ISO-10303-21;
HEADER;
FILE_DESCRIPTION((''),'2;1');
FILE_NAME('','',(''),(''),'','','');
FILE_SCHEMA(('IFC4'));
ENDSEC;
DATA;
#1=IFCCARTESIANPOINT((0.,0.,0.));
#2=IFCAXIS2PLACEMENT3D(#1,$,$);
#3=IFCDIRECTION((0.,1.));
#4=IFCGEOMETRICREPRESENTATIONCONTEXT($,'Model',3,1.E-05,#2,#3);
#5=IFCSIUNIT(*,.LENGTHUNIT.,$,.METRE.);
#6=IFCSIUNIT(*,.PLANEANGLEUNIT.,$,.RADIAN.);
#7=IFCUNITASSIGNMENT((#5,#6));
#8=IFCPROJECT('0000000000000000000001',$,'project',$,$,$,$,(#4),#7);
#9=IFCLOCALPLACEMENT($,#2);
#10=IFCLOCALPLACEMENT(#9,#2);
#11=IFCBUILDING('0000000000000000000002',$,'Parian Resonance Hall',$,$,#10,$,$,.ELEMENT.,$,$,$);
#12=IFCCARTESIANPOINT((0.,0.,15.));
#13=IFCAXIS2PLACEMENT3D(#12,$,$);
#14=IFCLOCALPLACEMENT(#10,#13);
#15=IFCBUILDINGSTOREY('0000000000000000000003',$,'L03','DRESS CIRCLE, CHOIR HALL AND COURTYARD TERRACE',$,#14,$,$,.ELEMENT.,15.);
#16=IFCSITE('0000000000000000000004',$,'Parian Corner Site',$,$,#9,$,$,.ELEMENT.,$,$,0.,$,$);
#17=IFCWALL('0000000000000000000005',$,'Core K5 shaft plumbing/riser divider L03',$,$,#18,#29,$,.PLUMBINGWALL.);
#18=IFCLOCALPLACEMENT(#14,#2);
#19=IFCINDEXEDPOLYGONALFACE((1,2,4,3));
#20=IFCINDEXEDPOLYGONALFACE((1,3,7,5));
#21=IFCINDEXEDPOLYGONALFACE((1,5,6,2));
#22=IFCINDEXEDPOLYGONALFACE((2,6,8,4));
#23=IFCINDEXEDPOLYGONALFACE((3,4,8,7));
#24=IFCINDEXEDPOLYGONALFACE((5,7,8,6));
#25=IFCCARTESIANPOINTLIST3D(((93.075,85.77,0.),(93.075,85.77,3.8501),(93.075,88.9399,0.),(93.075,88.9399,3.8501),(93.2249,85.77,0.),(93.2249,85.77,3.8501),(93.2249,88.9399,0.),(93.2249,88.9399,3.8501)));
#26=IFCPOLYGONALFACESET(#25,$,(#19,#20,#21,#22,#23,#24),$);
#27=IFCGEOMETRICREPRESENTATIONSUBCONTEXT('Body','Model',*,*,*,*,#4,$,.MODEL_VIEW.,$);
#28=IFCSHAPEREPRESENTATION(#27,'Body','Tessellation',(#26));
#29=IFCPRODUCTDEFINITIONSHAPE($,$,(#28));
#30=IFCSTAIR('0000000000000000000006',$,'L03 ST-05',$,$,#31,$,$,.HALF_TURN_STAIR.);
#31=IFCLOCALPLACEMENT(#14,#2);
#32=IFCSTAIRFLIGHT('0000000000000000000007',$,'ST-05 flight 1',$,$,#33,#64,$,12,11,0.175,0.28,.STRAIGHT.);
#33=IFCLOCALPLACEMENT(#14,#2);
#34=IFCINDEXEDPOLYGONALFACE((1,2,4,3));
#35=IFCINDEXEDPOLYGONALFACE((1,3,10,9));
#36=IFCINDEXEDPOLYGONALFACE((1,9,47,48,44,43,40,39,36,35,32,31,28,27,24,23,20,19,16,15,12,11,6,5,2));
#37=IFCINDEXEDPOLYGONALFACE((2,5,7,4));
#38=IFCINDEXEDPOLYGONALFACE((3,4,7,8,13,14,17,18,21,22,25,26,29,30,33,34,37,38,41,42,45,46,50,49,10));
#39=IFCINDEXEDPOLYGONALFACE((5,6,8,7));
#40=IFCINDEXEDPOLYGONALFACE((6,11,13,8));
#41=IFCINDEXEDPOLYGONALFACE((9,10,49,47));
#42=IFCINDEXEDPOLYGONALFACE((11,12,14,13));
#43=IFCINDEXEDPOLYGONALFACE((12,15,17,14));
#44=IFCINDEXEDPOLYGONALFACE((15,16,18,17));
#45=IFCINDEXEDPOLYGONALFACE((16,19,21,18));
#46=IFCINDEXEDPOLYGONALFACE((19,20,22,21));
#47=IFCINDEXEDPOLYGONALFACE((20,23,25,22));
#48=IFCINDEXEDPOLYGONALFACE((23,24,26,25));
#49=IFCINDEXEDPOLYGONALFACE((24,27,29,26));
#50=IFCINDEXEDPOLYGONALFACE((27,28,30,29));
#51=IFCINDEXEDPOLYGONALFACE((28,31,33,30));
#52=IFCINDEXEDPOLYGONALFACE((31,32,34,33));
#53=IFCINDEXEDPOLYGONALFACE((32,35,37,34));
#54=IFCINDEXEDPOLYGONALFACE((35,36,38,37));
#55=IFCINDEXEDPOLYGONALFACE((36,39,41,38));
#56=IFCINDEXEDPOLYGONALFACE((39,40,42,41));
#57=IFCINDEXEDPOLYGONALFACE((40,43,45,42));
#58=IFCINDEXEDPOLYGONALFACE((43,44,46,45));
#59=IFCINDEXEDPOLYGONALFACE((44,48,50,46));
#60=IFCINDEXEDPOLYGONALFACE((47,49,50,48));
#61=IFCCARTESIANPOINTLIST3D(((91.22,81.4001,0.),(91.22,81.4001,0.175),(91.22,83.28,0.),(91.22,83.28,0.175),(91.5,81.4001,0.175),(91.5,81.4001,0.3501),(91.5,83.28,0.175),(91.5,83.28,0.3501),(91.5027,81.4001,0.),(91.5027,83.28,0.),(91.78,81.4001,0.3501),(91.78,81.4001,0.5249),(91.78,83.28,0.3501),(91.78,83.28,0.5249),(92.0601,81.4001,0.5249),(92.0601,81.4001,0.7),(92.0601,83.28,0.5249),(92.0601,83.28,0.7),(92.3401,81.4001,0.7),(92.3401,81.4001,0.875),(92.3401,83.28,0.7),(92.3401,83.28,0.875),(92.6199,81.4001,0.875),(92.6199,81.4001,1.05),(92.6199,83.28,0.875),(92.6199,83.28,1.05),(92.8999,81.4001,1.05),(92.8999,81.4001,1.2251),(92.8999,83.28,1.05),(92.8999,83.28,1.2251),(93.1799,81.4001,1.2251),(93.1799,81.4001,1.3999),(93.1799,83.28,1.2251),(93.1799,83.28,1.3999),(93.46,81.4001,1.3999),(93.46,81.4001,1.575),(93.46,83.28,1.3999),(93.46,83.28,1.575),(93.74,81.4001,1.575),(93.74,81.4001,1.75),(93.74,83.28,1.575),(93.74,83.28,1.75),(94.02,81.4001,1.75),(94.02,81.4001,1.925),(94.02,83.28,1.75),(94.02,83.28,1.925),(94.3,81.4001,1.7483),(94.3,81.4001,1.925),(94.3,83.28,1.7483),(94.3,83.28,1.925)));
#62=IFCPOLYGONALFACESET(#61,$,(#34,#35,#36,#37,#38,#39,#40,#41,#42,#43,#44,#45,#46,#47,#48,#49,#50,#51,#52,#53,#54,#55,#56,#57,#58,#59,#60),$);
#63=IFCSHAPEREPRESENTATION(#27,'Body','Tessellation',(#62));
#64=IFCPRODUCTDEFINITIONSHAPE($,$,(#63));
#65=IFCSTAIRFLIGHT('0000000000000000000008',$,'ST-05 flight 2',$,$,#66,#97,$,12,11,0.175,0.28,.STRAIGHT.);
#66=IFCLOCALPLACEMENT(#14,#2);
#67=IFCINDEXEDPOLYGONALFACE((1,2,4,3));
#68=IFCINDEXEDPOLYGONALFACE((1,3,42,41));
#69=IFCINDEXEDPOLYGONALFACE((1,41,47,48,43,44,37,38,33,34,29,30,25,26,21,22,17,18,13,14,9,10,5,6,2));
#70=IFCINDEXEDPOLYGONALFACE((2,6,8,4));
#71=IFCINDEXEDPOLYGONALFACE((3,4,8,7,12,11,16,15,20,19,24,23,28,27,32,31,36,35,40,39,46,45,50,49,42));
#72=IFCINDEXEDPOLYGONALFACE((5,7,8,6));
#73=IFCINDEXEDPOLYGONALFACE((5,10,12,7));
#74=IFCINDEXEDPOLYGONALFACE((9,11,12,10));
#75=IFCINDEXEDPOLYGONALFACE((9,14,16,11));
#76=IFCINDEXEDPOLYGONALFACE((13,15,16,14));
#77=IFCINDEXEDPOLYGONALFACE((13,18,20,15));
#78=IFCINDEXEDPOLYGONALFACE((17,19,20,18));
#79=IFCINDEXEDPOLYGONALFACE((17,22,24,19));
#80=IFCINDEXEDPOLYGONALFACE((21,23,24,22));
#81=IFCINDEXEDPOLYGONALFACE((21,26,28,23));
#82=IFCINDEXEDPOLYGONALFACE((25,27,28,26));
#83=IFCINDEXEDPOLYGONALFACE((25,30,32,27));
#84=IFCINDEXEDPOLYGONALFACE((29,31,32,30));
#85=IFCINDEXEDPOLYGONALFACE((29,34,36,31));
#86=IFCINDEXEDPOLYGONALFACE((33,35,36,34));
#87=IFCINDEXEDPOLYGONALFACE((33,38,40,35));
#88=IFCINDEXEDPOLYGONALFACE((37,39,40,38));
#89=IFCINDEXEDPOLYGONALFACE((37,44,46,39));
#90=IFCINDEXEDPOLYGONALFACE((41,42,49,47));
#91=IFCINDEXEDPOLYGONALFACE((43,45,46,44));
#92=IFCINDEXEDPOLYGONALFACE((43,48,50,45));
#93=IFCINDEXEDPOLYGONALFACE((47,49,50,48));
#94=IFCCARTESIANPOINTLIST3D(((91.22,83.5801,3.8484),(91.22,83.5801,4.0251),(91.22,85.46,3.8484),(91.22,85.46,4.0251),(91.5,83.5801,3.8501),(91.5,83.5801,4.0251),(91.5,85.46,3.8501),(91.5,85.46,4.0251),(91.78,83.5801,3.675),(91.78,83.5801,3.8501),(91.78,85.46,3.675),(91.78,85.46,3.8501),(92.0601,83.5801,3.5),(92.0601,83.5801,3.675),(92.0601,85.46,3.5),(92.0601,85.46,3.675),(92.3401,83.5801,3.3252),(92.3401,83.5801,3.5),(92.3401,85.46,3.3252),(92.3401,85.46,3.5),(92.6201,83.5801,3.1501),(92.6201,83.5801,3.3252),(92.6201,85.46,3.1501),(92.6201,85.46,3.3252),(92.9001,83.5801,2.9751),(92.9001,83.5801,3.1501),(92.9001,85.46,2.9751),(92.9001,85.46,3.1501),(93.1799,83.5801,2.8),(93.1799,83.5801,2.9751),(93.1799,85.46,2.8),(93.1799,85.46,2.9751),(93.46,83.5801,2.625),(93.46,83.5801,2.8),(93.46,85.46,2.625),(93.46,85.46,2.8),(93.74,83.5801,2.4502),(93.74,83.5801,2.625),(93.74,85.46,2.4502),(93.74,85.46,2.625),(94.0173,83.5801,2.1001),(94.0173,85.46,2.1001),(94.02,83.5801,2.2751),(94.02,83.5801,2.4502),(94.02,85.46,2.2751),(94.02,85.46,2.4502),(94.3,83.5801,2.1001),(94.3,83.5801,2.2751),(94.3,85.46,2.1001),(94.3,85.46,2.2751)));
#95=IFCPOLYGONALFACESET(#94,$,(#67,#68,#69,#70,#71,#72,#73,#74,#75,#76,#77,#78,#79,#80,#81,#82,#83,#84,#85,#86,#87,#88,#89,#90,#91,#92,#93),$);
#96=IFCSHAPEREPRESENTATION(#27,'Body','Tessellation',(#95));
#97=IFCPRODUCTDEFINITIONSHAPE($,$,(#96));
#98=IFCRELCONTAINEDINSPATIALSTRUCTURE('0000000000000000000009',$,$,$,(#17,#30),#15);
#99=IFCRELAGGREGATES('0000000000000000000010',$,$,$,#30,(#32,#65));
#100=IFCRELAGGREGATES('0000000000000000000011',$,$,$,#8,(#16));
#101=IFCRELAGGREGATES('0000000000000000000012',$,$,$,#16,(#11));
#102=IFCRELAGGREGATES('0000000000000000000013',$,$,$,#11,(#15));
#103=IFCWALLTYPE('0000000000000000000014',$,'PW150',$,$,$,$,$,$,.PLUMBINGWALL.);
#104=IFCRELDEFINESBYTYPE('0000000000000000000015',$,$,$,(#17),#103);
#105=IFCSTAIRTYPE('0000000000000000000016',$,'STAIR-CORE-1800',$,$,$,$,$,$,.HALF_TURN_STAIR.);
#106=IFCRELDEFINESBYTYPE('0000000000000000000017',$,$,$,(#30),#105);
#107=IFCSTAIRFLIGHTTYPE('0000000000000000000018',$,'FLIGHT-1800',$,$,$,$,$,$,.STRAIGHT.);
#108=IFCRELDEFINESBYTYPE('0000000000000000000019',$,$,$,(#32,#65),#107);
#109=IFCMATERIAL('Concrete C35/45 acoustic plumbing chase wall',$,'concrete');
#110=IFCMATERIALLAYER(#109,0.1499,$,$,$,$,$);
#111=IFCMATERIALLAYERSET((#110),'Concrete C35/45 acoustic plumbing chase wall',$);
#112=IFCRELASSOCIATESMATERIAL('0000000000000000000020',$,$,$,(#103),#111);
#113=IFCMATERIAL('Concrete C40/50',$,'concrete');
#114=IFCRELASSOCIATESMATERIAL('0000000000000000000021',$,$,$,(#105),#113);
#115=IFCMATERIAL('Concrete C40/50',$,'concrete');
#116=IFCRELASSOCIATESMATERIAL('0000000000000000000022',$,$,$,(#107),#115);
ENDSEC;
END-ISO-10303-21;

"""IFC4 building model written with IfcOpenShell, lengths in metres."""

from ifc_helpers import new_model, si_unit, direction, frame, frame_2d, origin, place, context, subcontext, project, spatial, polyline, rectangle, outline, extrude, material, layer, layer_set, type_object, element, aggregate, save


model = new_model("IFC4")

# Units and contexts
model_context = context("Model", 3, precision=1e-05, world=origin(), true_north=direction((0.0, 1.0)))
body_context = subcontext(model_context, "Body", "Model", "MODEL_VIEW")
ifc_project = project(units=[si_unit("LENGTHUNIT", "METRE"), si_unit("PLANEANGLEUNIT", "RADIAN")], contexts=[model_context])

# Site, building, storey
site_placement = place(None, origin())
site = spatial("IfcSite", under=ifc_project, at=site_placement, Name="Parian Corner Site", CompositionType="ELEMENT", RefElevation=0.0)
building_placement = place(site_placement, origin())
building = spatial("IfcBuilding", under=site, at=building_placement, Name="Parian Resonance Hall", CompositionType="ELEMENT")
storey_placement = place(building_placement, frame((0.0, 0.0, 15.0)))
storey = spatial("IfcBuildingStorey", under=building, at=storey_placement, Name="L03", Description="DRESS CIRCLE, CHOIR HALL AND COURTYARD TERRACE", CompositionType="ELEMENT", Elevation=15.0)

# Wall
ifc_material_1 = material(Name="Concrete C35/45 acoustic plumbing chase wall", Category="concrete")
ifc_layer_1 = layer(ifc_material_1, 0.1499)
ifc_layer_set_1 = layer_set([ifc_layer_1], Name="Concrete C35/45 acoustic plumbing chase wall")
wall_type_1 = type_object("IfcWallType", Name="PW150", PredefinedType="PLUMBINGWALL", material=ifc_layer_set_1)
wall_1_placement = place(storey_placement, frame((93.1499, 85.77, 0.0), z_axis=(0.0, 0.0, 1.0), x_axis=(0.0, 1.0, 0.0)))
element("IfcWall", 1, at=wall_1_placement, inside=storey, type_object=wall_type_1, Name="Core K5 shaft plumbing/riser divider L03", PredefinedType="PLUMBINGWALL", context=body_context, shape_type="SweptSolid", body=[
    extrude(rectangle(XDim=3.1699, YDim=0.1499, at=frame_2d((1.585, 0.0))), origin(), (0.0, 0.0, 1.0), 3.8501),
])

# Stair, stair flights
ifc_material_2 = material(Name="Concrete C40/50", Category="concrete")
stair_type = type_object("IfcStairType", Name="STAIR-CORE-1800", PredefinedType="HALF_TURN_STAIR", material=ifc_material_2)
stair_placement = place(storey_placement, origin())
stair = element("IfcStair", 2, at=stair_placement, inside=storey, type_object=stair_type, Name="L03 ST-05", PredefinedType="HALF_TURN_STAIR")
ifc_material_3 = material(Name="Concrete C40/50", Category="concrete")
stair_flight_type = type_object("IfcStairFlightType", Name="FLIGHT-1800", PredefinedType="STRAIGHT", material=ifc_material_3)
stair_flight_1_placement = place(storey_placement, frame((91.22, 82.3401, 0.0), z_axis=(0.0, 0.0, 1.0), x_axis=(1.0, 0.0, 0.0)))
stair_flight_1 = element("IfcStairFlight", 3, at=stair_flight_1_placement, type_object=stair_flight_type, Name="ST-05 flight 1", NumberOfRisers=12, NumberOfTreads=11, PredefinedType="STRAIGHT", RiserHeight=0.175, TreadLength=0.28, context=body_context, shape_type="SweptSolid", body=[
    extrude(outline(polyline([(0.0, 0.0), (0.0, 0.175), (0.28, 0.175), (0.28, 0.3501), (0.5601, 0.3501), (0.5601, 0.5249), (0.8401, 0.5249), (0.8401, 0.7), (1.1201, 0.7), (1.1201, 0.875), (1.3999, 0.875), (1.3999, 1.05), (1.6799, 1.05), (1.6799, 1.2251), (1.96, 1.2251), (1.96, 1.3999), (2.24, 1.3999), (2.24, 1.575), (2.52, 1.575), (2.52, 1.75), (2.8, 1.75), (2.8, 1.925), (3.0801, 1.925), (3.0801, 2.1001), (3.0801, 1.7483), (0.2827, 0.0), (0.0, 0.0)])), frame((0.0, 0.9399, 0.0), z_axis=(0.0, -1.0, 0.0), x_axis=(1.0, 0.0, 0.0)), (0.0, 0.0, 1.0), 1.8799),
])
stair_flight_2_placement = place(storey_placement, frame((94.3, 84.52, 2.1001), z_axis=(0.0, 0.0, 1.0), x_axis=(-1.0, 0.0, 0.0)))
stair_flight_2 = element("IfcStairFlight", 4, at=stair_flight_2_placement, type_object=stair_flight_type, Name="ST-05 flight 2", NumberOfRisers=12, NumberOfTreads=11, PredefinedType="STRAIGHT", RiserHeight=0.175, TreadLength=0.28, context=body_context, shape_type="SweptSolid", body=[
    extrude(outline(polyline([(0.0, 0.0), (0.0, 0.175), (0.28, 0.175), (0.28, 0.3501), (0.5601, 0.3501), (0.5601, 0.5249), (0.8401, 0.5249), (0.8401, 0.7), (1.1201, 0.7), (1.1201, 0.875), (1.3999, 0.875), (1.3999, 1.05), (1.6799, 1.05), (1.6799, 1.2251), (1.96, 1.2251), (1.96, 1.3999), (2.24, 1.3999), (2.24, 1.575), (2.52, 1.575), (2.52, 1.75), (2.8, 1.75), (2.8, 1.925), (3.0801, 1.925), (3.0801, 2.1001), (3.0801, 1.7483), (0.2827, 0.0), (0.0, 0.0)])), frame((0.0, 0.9399, 0.0), z_axis=(0.0, -1.0, 0.0), x_axis=(1.0, 0.0, 0.0)), (0.0, 0.0, 1.0), 1.8799),
])
aggregate(stair, [stair_flight_1, stair_flight_2])

save(model, "model.ifc")
